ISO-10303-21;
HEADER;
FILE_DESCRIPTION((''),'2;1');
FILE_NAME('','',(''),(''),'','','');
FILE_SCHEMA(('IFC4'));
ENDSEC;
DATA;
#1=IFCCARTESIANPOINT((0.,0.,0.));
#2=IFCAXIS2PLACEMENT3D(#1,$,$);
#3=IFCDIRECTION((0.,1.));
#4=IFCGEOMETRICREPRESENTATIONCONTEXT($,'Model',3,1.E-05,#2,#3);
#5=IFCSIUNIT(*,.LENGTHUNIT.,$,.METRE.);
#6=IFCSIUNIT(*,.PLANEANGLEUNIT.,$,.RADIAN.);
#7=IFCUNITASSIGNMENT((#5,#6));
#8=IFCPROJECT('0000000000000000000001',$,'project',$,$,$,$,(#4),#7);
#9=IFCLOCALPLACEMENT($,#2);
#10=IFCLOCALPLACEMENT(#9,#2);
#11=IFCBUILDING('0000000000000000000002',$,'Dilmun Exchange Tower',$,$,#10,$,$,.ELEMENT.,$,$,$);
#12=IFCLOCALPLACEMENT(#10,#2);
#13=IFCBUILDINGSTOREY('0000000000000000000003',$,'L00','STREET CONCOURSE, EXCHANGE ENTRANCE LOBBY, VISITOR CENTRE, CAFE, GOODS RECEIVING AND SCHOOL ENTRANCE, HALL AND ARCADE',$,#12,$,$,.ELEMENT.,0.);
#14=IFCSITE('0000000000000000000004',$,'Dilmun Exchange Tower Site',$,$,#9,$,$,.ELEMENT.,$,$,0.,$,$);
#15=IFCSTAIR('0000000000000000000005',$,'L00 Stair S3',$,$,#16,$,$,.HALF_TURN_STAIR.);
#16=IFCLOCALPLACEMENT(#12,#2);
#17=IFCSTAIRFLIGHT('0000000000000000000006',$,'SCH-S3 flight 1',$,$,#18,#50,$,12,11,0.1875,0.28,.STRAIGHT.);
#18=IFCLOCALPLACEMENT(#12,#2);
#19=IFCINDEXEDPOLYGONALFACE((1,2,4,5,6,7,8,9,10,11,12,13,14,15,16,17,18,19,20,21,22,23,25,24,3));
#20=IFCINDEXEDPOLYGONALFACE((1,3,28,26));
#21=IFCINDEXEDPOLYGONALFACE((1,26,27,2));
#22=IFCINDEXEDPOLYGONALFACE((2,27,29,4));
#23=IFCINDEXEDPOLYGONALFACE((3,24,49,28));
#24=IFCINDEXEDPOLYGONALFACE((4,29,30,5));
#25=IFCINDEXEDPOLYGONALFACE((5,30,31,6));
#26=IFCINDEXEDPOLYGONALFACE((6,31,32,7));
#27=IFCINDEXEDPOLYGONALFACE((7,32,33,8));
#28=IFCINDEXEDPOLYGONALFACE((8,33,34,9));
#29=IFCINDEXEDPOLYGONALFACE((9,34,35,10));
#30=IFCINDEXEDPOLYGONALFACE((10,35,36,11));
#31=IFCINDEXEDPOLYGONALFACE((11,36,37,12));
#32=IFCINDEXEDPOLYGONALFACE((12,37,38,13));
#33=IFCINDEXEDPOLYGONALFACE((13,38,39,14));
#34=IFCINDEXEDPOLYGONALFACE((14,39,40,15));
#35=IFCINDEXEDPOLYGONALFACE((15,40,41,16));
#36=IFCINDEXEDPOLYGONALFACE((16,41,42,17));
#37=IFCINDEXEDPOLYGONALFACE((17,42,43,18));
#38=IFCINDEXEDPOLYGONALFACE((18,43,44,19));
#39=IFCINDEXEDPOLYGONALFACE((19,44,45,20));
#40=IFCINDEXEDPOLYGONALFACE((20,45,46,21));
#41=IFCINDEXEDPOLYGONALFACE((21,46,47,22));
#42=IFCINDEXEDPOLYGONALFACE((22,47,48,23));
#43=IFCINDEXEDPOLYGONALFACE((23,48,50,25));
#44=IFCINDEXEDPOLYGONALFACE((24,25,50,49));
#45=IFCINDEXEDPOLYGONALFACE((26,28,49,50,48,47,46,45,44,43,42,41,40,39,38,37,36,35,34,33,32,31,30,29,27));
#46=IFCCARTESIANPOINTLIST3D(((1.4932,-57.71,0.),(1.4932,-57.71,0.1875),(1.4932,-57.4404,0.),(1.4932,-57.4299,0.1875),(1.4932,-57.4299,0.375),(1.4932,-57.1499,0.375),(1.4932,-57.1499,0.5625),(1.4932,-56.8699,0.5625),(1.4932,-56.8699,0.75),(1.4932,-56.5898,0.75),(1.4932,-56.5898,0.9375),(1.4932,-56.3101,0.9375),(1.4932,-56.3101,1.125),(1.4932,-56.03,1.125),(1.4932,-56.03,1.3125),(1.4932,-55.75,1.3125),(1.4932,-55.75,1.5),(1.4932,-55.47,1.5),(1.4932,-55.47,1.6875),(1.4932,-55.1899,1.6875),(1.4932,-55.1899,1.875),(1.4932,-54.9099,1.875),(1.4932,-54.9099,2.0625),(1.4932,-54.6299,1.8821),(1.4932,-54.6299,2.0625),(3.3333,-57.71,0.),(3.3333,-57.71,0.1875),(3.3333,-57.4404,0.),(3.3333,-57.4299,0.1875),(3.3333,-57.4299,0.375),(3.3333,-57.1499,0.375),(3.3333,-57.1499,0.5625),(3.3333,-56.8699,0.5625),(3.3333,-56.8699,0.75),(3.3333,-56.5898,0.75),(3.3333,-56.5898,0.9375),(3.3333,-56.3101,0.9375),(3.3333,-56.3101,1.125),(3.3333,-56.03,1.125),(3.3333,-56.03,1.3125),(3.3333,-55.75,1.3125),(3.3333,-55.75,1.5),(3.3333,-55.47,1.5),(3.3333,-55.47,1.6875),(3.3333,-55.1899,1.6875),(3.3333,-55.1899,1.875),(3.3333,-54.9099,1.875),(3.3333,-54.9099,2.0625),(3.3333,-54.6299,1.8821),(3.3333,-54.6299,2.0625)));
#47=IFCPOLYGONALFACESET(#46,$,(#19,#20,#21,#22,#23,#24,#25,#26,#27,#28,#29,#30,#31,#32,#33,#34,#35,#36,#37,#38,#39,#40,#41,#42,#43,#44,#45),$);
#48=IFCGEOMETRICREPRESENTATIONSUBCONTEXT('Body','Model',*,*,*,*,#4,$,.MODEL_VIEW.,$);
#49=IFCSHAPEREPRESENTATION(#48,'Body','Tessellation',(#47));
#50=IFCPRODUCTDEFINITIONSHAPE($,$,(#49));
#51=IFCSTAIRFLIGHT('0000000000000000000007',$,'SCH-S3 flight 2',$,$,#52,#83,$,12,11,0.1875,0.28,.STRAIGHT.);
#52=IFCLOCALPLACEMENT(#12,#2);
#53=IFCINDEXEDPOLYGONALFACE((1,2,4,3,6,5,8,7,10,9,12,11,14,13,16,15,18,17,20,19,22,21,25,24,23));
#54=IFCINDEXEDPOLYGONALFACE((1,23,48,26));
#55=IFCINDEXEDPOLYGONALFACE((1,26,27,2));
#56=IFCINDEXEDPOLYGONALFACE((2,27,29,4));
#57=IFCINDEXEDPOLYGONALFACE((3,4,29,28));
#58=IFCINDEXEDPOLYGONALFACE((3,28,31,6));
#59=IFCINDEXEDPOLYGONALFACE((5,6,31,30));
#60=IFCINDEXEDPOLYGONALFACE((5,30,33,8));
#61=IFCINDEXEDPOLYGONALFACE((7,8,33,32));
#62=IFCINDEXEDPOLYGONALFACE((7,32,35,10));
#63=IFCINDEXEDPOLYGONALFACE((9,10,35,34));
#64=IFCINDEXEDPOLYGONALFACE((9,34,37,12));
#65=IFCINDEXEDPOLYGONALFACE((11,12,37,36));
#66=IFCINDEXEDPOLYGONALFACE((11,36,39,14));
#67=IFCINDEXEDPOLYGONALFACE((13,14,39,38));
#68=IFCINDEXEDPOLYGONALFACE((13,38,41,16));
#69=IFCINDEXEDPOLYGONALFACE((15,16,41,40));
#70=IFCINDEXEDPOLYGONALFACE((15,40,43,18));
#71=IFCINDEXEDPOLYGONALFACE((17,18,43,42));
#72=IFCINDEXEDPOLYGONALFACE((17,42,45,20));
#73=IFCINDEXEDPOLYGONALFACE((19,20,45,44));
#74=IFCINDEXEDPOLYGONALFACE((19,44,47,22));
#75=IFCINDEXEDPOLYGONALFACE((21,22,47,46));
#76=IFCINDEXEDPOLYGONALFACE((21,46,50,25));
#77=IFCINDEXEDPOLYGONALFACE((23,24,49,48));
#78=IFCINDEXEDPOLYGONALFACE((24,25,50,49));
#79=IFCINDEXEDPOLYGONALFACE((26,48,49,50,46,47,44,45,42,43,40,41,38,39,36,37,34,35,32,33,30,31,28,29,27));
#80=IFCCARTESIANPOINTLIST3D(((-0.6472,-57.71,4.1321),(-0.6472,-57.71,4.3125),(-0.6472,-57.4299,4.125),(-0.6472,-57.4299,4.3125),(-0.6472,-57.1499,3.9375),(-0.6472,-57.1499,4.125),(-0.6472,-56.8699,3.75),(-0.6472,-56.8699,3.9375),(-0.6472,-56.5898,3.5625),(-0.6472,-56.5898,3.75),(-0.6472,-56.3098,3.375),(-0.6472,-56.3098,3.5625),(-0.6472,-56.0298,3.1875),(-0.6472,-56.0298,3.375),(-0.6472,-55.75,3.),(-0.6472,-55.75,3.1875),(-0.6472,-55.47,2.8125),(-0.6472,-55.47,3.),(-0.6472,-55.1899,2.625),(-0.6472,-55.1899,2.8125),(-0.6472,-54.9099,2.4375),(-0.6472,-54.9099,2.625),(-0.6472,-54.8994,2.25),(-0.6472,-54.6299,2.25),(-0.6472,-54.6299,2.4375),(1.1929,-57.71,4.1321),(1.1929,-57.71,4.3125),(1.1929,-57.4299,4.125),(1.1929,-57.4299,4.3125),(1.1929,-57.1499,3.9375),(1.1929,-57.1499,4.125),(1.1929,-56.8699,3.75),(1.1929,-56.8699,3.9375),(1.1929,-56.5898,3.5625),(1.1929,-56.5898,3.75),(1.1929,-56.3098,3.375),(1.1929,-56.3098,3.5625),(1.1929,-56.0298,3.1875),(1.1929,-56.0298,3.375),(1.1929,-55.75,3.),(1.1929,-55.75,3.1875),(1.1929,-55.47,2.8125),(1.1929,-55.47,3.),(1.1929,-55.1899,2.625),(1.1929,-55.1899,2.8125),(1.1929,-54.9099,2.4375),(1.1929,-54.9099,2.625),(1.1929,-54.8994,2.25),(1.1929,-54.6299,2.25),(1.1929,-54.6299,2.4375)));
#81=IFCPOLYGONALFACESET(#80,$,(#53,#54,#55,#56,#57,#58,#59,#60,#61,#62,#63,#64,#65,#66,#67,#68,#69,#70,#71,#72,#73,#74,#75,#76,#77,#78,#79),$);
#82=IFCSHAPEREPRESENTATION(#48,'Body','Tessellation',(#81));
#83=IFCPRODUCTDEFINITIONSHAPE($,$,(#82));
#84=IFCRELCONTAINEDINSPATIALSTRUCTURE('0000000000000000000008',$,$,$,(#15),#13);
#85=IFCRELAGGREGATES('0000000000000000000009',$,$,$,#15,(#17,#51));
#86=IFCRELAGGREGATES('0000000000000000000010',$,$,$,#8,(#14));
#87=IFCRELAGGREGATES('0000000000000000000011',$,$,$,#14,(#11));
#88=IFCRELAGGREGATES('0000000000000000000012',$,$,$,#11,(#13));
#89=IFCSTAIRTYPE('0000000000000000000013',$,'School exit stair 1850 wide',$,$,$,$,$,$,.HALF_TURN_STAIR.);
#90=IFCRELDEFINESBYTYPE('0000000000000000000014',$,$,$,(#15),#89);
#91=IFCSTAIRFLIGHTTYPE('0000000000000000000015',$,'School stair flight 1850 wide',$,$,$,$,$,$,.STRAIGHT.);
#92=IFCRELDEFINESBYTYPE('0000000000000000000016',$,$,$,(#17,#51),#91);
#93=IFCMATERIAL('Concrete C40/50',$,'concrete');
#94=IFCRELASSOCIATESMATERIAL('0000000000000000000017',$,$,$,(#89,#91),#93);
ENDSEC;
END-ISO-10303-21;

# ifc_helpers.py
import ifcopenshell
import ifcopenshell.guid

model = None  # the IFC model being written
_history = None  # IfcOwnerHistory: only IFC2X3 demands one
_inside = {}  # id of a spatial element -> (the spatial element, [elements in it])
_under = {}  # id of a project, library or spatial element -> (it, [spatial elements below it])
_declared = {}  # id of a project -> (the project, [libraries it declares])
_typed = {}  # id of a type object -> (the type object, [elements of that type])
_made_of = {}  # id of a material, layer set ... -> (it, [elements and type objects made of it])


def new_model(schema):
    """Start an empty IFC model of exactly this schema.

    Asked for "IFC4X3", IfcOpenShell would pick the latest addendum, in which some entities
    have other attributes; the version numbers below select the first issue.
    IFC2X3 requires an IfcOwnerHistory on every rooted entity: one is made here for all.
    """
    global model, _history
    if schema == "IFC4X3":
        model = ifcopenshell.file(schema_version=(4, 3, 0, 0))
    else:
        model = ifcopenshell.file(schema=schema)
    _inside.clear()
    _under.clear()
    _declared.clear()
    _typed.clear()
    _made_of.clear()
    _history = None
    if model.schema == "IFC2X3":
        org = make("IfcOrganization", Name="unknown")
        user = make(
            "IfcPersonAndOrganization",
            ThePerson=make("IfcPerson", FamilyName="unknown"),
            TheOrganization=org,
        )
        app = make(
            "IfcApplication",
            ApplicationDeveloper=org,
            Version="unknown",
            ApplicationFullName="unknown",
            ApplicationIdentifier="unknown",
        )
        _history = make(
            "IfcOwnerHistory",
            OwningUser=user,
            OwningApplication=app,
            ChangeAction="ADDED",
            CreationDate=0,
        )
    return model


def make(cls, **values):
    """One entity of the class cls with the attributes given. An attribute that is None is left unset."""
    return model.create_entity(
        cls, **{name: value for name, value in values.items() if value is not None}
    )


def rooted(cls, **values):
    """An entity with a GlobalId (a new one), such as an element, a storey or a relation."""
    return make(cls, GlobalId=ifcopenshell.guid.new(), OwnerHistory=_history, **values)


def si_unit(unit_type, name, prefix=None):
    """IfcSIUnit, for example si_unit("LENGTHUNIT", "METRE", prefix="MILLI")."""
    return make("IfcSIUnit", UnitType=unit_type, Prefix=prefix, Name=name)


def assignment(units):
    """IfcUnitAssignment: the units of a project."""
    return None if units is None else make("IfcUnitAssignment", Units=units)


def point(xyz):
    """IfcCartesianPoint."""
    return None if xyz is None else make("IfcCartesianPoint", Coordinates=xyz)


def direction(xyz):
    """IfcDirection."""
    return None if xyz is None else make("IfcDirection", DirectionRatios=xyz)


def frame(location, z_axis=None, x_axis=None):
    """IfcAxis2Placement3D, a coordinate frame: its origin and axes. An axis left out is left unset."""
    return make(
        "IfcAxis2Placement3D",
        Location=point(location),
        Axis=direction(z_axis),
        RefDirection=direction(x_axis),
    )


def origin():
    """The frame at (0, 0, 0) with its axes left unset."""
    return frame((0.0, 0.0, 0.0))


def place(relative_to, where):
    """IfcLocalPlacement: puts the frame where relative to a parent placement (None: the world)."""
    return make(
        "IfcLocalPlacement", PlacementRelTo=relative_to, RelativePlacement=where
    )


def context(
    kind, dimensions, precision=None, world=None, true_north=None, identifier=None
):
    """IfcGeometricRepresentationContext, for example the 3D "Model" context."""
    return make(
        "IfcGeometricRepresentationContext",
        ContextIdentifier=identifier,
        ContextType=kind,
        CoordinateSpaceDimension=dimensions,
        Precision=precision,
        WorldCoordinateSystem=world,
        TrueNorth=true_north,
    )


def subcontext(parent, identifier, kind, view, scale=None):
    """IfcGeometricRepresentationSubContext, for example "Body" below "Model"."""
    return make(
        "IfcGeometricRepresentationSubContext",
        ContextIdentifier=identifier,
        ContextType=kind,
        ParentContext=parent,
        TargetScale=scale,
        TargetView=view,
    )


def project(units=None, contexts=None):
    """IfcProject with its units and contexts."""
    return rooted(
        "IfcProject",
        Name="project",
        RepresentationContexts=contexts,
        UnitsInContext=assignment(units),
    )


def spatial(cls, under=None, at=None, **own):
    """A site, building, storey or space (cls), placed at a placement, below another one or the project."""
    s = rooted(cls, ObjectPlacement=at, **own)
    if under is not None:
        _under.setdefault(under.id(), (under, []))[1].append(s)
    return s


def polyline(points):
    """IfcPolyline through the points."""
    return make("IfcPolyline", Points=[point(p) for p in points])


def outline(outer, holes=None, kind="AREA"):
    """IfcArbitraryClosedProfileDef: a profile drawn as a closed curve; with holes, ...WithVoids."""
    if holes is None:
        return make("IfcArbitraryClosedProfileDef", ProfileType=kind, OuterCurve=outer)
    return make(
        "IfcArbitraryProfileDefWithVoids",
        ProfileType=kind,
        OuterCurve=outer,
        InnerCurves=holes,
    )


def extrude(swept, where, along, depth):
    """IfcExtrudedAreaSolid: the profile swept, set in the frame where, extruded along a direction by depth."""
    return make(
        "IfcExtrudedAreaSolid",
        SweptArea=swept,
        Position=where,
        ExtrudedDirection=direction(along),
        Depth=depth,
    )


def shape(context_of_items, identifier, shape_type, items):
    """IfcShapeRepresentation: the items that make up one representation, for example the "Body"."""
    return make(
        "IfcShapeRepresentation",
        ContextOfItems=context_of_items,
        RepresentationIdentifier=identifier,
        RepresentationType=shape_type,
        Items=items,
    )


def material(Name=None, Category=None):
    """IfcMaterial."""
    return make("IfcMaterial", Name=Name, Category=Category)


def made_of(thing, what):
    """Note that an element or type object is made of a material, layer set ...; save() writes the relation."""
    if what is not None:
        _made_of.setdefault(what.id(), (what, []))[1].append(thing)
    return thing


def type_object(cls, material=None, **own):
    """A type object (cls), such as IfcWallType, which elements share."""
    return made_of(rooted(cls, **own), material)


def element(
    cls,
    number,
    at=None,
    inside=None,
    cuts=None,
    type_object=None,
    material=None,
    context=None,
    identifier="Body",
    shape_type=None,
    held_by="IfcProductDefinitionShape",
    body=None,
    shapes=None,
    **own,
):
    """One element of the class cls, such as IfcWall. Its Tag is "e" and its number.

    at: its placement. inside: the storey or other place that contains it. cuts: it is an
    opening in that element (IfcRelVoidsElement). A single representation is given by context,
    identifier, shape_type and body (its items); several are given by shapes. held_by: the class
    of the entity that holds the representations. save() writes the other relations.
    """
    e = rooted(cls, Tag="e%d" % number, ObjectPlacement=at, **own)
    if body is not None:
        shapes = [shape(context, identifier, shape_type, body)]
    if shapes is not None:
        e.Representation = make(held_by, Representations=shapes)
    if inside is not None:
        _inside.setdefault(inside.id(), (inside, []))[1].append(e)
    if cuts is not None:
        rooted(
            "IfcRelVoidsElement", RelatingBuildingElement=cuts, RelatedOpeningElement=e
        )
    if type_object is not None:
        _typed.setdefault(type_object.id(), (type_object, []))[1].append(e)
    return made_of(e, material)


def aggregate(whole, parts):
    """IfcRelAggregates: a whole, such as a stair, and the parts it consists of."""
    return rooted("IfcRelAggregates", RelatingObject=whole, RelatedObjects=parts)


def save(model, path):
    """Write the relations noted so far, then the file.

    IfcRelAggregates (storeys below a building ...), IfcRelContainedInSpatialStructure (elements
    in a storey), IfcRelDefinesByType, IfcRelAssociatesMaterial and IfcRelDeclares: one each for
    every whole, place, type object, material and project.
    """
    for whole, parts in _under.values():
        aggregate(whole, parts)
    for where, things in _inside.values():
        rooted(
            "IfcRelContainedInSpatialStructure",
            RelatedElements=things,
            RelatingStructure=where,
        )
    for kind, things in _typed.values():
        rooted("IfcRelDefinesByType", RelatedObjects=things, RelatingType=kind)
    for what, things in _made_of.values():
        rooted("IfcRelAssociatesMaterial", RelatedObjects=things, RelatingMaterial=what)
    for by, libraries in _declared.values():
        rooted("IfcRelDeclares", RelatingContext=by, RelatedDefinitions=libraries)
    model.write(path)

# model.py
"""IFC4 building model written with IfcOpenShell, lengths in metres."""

from ifc_helpers import new_model, si_unit, direction, frame, origin, place, context, subcontext, project, spatial, polyline, outline, extrude, material, type_object, element, aggregate, save


model = new_model("IFC4")

# Units and contexts
model_context = context("Model", 3, precision=1e-05, world=origin(), true_north=direction((0.0, 1.0)))
body_context = subcontext(model_context, "Body", "Model", "MODEL_VIEW")
ifc_project = project(units=[si_unit("LENGTHUNIT", "METRE"), si_unit("PLANEANGLEUNIT", "RADIAN")], contexts=[model_context])

# Site, building, storey
site_placement = place(None, origin())
site = spatial("IfcSite", under=ifc_project, at=site_placement, Name="Dilmun Exchange Tower Site", CompositionType="ELEMENT", RefElevation=0.0)
building_placement = place(site_placement, origin())
building = spatial("IfcBuilding", under=site, at=building_placement, Name="Dilmun Exchange Tower", CompositionType="ELEMENT")
storey_placement = place(building_placement, origin())
storey = spatial("IfcBuildingStorey", under=building, at=storey_placement, Name="L00", Description="STREET CONCOURSE, EXCHANGE ENTRANCE LOBBY, VISITOR CENTRE, CAFE, GOODS RECEIVING AND SCHOOL ENTRANCE, HALL AND ARCADE", CompositionType="ELEMENT", Elevation=0.0)

# Shared definitions
ifc_material_1 = material(Name="Concrete C40/50", Category="concrete")

# Stair, stair flights
stair_type = type_object("IfcStairType", Name="School exit stair 1850 wide", PredefinedType="HALF_TURN_STAIR", material=ifc_material_1)
stair_placement = place(storey_placement, origin())
stair = element("IfcStair", 1, at=stair_placement, inside=storey, type_object=stair_type, Name="L00 Stair S3", PredefinedType="HALF_TURN_STAIR")
stair_flight_type = type_object("IfcStairFlightType", Name="School stair flight 1850 wide", PredefinedType="STRAIGHT", material=ifc_material_1)
stair_flight_1_placement = place(storey_placement, frame((2.4131, -57.71, 0.0), z_axis=(0.0, 0.0, 1.0), x_axis=(0.0, 1.0, 0.0)))
stair_flight_1 = element("IfcStairFlight", 2, at=stair_flight_1_placement, type_object=stair_flight_type, Name="SCH-S3 flight 1", NumberOfRisers=12, NumberOfTreads=11, PredefinedType="STRAIGHT", RiserHeight=0.1875, TreadLength=0.28, context=body_context, shape_type="SweptSolid", body=[
    extrude(outline(polyline([(0.0, 0.0), (0.0, 0.1875), (0.28, 0.1875), (0.28, 0.375), (0.5601, 0.375), (0.5601, 0.5625), (0.8401, 0.5625), (0.8401, 0.75), (1.1201, 0.75), (1.1201, 0.9375), (1.3999, 0.9375), (1.3999, 1.125), (1.6799, 1.125), (1.6799, 1.3125), (1.96, 1.3125), (1.96, 1.5), (2.24, 1.5), (2.24, 1.6875), (2.52, 1.6875), (2.52, 1.875), (2.8, 1.875), (2.8, 2.0625), (3.0801, 2.0625), (3.0801, 2.25), (3.0801, 1.8821), (0.2695, 0.0), (0.0, 0.0)])), frame((0.0, 0.9199, 0.0), z_axis=(0.0, -1.0, 0.0), x_axis=(1.0, 0.0, 0.0)), (0.0, 0.0, 1.0), 1.8401),
])
stair_flight_2_placement = place(storey_placement, frame((0.2729, -54.6299, 2.25), z_axis=(0.0, 0.0, 1.0), x_axis=(0.0, -1.0, 0.0)))
stair_flight_2 = element("IfcStairFlight", 3, at=stair_flight_2_placement, type_object=stair_flight_type, Name="SCH-S3 flight 2", NumberOfRisers=12, NumberOfTreads=11, PredefinedType="STRAIGHT", RiserHeight=0.1875, TreadLength=0.28, context=body_context, shape_type="SweptSolid", body=[
    extrude(outline(polyline([(0.0, 0.0), (0.0, 0.1875), (0.28, 0.1875), (0.28, 0.375), (0.5601, 0.375), (0.5601, 0.5625), (0.8401, 0.5625), (0.8401, 0.75), (1.1201, 0.75), (1.1201, 0.9375), (1.3999, 0.9375), (1.3999, 1.125), (1.6799, 1.125), (1.6799, 1.3125), (1.96, 1.3125), (1.96, 1.5), (2.24, 1.5), (2.24, 1.6875), (2.52, 1.6875), (2.52, 1.875), (2.8, 1.875), (2.8, 2.0625), (3.0801, 2.0625), (3.0801, 2.25), (3.0801, 1.8821), (0.2695, 0.0), (0.0, 0.0)])), frame((0.0, 0.9199, 0.0), z_axis=(0.0, -1.0, 0.0), x_axis=(1.0, 0.0, 0.0)), (0.0, 0.0, 1.0), 1.8401),
])
aggregate(stair, [stair_flight_1, stair_flight_2])

save(model, "model.ifc")
